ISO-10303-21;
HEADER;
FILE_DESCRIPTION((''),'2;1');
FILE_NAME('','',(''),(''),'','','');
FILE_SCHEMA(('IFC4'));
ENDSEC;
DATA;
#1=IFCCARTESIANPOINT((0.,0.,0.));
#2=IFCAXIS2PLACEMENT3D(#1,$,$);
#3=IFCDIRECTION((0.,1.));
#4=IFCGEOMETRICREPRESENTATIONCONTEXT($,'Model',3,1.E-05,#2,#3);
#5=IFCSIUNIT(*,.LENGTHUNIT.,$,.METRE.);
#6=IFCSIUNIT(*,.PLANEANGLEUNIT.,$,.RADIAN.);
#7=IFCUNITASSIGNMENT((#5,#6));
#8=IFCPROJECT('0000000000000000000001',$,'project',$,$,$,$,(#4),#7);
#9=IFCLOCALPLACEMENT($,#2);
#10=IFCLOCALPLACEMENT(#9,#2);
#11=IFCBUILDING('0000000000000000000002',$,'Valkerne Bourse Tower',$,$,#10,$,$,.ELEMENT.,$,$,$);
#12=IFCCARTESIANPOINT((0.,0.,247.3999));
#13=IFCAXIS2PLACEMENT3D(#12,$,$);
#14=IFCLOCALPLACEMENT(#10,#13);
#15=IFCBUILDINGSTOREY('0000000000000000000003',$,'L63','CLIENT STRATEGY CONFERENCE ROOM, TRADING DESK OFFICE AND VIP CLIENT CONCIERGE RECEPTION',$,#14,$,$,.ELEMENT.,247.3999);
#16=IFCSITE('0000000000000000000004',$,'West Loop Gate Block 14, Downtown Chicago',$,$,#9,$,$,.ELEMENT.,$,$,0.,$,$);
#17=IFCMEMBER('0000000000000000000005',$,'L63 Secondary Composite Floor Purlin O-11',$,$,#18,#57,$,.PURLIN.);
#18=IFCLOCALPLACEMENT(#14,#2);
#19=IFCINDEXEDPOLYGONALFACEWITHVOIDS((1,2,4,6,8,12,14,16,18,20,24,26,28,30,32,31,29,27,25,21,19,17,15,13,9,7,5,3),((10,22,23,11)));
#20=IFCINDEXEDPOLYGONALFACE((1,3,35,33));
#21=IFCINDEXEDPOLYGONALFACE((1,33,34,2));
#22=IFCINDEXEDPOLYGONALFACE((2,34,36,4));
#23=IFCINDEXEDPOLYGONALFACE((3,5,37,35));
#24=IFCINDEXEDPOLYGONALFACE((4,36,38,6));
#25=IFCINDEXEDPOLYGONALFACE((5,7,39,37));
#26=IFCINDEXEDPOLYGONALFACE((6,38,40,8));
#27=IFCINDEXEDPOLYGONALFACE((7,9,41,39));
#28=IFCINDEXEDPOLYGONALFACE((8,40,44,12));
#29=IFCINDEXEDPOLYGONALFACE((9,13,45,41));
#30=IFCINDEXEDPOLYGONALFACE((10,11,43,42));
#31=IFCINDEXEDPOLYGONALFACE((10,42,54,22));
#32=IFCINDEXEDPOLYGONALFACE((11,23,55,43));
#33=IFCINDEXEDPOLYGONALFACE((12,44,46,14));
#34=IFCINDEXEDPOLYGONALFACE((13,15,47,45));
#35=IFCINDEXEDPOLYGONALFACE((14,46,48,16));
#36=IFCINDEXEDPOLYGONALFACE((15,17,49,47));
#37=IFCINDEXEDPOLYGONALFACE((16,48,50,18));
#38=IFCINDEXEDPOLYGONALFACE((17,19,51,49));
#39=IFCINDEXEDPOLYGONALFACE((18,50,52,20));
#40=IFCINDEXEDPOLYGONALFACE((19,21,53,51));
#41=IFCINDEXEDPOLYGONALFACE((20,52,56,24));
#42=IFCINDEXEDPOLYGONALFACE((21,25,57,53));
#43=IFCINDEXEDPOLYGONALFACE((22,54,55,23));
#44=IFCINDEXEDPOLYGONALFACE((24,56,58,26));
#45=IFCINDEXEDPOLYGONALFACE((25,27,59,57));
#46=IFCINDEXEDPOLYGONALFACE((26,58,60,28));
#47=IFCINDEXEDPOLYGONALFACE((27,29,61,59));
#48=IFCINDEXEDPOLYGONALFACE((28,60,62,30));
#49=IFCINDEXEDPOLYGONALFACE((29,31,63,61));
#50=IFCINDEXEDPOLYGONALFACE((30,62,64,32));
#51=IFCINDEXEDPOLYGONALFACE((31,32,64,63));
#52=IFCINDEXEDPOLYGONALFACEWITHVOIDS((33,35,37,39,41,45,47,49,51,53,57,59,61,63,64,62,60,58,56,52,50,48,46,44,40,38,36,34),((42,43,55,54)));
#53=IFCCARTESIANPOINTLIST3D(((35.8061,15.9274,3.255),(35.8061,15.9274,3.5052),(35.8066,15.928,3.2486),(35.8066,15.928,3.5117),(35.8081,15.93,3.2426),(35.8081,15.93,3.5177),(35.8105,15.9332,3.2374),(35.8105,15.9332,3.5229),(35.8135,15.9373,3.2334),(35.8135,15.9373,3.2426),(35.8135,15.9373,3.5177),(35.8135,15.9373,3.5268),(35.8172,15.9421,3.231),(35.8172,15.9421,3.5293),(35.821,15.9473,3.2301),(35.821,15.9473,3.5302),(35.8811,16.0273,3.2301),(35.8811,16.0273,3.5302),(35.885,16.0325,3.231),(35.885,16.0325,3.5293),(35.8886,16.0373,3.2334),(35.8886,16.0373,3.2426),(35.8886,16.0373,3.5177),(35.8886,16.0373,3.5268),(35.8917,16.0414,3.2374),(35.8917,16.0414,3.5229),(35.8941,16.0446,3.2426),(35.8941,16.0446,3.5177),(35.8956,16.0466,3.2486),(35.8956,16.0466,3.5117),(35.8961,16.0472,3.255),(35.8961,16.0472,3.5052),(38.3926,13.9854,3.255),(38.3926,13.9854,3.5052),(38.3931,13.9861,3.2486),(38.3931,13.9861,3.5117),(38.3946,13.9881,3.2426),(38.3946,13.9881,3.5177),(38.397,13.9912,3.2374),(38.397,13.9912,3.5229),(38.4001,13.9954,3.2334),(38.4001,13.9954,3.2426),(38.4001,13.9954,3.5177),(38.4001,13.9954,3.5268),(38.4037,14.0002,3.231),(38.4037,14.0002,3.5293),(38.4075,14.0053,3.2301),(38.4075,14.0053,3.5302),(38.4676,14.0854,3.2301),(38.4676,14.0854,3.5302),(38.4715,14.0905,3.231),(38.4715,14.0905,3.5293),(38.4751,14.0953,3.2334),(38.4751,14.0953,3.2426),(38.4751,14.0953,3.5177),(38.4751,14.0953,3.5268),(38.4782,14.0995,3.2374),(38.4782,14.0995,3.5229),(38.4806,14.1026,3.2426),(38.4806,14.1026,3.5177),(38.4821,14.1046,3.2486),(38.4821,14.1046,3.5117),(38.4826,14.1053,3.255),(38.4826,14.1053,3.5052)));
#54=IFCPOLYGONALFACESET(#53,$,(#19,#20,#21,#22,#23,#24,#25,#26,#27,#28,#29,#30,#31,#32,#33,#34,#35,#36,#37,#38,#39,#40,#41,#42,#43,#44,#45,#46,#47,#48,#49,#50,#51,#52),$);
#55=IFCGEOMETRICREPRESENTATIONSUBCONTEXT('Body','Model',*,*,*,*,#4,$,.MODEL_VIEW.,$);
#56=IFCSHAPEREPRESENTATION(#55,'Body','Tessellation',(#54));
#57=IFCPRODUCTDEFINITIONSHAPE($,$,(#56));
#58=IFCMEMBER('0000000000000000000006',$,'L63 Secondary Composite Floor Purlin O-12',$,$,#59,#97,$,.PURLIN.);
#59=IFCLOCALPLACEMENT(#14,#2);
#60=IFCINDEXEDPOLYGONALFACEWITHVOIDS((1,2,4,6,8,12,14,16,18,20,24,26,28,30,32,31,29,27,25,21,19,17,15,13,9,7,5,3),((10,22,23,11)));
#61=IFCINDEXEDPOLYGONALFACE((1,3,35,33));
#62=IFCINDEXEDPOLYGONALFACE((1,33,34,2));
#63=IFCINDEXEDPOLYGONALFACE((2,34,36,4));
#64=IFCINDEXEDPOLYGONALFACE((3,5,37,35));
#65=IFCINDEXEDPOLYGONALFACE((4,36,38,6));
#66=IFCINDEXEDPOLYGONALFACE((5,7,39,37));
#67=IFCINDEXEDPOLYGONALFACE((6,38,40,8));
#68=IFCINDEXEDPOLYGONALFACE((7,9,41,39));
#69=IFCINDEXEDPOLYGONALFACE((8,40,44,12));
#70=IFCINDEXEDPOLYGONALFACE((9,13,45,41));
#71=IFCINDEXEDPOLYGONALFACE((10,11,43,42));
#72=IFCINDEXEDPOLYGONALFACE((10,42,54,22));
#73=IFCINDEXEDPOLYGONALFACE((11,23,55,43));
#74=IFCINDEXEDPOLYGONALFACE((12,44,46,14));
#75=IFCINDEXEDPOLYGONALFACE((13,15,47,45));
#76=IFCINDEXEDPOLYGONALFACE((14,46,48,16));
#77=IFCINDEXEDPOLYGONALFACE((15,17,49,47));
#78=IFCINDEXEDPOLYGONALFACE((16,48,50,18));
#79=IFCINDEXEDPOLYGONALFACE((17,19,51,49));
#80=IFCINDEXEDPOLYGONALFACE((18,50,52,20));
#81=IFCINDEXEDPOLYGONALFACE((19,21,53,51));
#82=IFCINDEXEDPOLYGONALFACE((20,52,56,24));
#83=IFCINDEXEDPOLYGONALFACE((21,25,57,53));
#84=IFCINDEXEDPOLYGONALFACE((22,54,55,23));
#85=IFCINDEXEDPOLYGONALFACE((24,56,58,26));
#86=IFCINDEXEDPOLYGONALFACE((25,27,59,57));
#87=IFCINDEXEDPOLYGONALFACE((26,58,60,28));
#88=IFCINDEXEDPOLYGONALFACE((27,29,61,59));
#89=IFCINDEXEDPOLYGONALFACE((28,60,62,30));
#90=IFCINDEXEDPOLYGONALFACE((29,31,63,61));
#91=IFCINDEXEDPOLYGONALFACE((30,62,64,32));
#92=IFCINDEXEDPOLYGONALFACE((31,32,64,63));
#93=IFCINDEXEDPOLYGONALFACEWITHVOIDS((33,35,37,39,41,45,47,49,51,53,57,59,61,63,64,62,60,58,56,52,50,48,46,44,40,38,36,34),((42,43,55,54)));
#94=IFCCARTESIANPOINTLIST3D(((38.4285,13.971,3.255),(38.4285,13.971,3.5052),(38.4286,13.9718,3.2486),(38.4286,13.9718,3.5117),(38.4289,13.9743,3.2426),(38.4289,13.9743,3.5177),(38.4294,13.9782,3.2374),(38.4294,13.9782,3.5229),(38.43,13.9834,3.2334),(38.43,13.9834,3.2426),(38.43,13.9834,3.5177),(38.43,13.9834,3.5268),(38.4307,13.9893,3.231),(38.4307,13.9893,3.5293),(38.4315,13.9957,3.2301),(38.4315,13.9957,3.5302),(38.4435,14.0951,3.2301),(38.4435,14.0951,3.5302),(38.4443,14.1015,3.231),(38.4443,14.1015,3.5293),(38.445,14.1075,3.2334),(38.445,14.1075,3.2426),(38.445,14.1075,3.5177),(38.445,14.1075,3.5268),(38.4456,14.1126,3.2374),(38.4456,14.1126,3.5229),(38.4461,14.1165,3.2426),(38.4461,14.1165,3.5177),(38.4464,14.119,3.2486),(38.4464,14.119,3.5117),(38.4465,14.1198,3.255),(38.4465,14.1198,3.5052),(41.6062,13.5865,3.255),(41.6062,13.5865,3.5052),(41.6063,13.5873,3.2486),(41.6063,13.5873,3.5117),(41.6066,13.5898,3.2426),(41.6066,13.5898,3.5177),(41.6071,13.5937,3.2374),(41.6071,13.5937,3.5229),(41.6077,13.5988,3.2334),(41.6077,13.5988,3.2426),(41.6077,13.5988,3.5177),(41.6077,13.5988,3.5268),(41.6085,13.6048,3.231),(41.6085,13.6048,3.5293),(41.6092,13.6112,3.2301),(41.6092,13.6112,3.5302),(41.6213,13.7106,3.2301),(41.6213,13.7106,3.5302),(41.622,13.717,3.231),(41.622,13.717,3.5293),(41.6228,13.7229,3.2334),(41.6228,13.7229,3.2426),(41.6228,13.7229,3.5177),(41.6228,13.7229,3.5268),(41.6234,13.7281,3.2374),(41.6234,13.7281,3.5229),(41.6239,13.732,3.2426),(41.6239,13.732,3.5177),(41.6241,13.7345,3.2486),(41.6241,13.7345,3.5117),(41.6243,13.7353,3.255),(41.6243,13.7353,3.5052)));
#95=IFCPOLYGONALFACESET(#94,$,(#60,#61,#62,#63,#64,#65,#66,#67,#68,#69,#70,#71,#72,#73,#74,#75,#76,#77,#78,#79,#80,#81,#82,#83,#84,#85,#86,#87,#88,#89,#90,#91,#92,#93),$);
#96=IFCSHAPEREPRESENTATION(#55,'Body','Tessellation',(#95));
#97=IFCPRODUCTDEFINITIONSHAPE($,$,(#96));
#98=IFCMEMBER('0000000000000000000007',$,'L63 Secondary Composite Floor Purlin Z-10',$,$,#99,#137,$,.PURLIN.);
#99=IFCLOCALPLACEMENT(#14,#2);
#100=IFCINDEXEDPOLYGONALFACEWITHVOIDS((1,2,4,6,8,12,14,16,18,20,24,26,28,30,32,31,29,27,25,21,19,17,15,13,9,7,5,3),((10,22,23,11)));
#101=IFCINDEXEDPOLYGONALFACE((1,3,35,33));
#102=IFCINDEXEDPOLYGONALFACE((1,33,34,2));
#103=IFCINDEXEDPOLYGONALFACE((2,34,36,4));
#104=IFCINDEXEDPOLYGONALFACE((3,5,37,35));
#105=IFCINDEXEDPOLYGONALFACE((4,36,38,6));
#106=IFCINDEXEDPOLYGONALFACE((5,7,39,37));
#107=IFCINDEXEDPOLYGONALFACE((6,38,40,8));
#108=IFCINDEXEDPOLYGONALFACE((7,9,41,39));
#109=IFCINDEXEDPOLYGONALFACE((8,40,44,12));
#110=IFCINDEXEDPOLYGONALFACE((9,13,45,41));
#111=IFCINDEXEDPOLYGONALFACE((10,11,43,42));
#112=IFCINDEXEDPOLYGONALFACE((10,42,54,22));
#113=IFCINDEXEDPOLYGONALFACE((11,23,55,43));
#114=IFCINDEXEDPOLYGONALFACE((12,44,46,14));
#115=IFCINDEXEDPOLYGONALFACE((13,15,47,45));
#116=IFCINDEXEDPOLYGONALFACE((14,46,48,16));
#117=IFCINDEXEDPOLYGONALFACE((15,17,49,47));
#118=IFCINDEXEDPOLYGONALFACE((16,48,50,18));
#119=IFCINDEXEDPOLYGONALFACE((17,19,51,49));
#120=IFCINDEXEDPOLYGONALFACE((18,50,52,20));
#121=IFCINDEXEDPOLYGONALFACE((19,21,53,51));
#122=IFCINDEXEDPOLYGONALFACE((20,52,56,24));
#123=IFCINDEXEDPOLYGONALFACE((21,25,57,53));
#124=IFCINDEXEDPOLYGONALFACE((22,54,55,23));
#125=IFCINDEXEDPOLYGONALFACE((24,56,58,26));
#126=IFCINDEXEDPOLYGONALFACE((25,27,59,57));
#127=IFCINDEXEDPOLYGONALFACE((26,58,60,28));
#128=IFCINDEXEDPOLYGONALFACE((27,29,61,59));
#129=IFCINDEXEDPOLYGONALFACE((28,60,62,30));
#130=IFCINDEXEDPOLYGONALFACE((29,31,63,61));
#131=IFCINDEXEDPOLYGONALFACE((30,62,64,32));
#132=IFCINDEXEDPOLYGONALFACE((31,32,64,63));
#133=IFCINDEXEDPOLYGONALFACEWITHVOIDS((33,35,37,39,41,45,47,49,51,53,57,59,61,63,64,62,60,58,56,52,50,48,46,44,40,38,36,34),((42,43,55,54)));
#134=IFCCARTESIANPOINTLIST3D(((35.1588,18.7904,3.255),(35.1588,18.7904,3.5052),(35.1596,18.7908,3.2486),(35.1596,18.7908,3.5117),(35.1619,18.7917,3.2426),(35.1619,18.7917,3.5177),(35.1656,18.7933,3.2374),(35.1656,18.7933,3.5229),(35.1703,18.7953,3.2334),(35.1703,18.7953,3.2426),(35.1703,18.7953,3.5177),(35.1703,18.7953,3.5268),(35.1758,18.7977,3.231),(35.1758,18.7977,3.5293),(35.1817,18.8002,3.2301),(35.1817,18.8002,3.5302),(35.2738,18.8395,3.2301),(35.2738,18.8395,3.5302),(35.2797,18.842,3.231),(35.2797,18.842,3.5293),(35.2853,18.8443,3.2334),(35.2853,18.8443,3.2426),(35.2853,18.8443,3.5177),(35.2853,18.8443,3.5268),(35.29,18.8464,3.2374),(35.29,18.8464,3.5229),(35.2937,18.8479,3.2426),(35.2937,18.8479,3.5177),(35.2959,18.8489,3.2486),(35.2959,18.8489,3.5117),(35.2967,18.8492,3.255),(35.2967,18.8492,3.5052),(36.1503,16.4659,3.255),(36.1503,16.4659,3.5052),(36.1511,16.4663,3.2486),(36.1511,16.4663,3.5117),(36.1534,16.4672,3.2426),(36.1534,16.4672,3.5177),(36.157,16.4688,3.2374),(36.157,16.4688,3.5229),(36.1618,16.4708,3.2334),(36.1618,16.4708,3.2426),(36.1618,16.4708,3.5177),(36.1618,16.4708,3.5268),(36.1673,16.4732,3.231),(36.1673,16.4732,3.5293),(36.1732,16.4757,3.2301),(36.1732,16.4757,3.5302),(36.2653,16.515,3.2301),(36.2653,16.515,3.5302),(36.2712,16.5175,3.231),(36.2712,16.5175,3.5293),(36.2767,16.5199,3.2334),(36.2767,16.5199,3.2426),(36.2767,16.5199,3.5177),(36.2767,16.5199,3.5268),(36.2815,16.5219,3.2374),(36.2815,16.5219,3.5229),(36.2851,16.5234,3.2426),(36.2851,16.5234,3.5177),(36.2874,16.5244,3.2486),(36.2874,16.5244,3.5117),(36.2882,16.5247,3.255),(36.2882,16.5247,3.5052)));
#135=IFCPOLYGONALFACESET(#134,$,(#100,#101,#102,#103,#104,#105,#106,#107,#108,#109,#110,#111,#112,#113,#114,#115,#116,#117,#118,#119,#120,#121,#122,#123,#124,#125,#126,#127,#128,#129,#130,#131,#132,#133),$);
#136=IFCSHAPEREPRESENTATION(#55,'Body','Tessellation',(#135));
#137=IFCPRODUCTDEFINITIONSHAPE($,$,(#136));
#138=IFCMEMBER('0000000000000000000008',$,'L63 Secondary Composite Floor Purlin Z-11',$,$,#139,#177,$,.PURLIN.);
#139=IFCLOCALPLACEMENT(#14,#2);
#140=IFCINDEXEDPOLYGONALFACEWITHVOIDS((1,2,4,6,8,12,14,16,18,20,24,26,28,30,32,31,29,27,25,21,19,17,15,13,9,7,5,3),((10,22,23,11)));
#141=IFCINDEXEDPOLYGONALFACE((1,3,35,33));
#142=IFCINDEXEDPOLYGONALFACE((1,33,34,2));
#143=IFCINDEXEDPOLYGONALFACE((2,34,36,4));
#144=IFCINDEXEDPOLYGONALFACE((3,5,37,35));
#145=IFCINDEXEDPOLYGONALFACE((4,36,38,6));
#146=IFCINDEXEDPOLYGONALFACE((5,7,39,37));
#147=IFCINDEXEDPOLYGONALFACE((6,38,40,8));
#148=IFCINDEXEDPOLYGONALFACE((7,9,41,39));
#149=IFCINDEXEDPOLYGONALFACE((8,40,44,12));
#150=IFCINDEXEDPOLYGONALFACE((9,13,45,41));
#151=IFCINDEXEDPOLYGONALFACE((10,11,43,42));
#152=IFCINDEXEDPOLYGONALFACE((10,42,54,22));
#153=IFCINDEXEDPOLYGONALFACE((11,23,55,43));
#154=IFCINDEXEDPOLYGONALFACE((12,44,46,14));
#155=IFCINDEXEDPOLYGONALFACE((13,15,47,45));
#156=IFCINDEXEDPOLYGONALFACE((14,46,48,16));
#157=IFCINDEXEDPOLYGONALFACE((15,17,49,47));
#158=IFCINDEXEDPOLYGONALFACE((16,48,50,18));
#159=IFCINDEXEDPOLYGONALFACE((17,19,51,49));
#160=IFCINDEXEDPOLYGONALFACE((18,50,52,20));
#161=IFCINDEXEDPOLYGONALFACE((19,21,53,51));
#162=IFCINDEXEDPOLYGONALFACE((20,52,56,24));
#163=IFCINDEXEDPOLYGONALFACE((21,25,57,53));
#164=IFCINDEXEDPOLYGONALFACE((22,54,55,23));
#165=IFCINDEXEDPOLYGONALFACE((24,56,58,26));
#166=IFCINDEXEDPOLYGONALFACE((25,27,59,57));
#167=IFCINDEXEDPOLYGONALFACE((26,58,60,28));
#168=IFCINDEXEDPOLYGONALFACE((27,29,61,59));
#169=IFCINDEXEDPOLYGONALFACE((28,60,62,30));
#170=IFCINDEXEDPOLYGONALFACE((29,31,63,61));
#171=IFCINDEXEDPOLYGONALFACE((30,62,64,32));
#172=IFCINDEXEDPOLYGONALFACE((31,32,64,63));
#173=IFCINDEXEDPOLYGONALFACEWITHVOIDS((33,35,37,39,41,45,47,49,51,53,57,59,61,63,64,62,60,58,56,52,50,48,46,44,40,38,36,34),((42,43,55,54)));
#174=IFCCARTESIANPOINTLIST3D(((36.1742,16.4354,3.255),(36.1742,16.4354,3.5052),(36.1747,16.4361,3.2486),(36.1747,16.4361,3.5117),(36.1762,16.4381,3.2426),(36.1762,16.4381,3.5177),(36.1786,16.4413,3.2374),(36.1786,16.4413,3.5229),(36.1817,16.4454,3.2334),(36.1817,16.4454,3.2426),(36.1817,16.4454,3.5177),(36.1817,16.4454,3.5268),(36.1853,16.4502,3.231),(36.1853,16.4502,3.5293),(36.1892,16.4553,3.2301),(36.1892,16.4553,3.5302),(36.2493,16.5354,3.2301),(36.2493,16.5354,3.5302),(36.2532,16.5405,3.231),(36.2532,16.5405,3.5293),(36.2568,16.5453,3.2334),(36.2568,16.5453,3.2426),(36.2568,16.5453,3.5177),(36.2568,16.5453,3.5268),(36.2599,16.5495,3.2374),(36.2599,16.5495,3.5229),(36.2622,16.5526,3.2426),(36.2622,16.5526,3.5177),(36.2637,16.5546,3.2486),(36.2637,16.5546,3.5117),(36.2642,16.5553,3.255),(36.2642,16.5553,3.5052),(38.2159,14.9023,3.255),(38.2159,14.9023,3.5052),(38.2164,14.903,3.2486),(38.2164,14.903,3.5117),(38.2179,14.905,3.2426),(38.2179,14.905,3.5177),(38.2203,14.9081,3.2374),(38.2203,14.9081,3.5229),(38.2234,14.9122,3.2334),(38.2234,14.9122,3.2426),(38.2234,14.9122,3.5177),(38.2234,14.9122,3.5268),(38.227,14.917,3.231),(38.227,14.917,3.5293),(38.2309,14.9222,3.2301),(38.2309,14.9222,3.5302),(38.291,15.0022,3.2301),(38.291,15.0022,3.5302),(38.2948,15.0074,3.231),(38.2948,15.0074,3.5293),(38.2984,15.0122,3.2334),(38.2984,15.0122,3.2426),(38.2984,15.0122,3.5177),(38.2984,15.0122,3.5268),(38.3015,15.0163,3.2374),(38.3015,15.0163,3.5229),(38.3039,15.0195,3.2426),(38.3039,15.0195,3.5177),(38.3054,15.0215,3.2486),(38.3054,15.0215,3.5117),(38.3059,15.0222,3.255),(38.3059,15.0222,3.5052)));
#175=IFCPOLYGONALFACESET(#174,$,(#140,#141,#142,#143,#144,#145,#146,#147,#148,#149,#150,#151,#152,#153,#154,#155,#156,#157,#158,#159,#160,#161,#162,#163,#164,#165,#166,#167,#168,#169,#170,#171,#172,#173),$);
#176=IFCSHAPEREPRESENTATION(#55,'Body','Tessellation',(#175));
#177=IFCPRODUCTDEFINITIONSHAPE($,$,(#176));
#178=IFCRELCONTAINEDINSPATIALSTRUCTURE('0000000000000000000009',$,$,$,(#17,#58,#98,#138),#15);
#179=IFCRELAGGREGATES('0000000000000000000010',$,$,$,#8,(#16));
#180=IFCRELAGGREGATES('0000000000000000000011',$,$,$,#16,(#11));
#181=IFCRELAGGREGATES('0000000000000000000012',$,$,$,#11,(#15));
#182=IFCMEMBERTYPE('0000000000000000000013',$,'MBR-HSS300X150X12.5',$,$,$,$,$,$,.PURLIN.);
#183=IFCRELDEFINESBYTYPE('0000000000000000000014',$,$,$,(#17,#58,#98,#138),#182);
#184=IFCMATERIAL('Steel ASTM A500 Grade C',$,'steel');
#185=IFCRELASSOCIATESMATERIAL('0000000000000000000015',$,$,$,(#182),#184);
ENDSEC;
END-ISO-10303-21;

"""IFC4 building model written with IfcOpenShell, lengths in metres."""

from ifc_helpers import new_model, si_unit, direction, frame, origin, origin_2d, place, context, subcontext, project, spatial, hollow_rectangle, extrude, material, material_profile, profile_set, type_object, element, save


model = new_model("IFC4")

# Units and contexts
model_context = context("Model", 3, precision=1e-05, world=origin(), true_north=direction((0.0, 1.0)))
body_context = subcontext(model_context, "Body", "Model", "MODEL_VIEW")
ifc_project = project(units=[si_unit("LENGTHUNIT", "METRE"), si_unit("PLANEANGLEUNIT", "RADIAN")], contexts=[model_context])

# Site, building, storey
site_placement = place(None, origin())
site = spatial("IfcSite", under=ifc_project, at=site_placement, Name="West Loop Gate Block 14, Downtown Chicago", CompositionType="ELEMENT", RefElevation=0.0)
building_placement = place(site_placement, origin())
building = spatial("IfcBuilding", under=site, at=building_placement, Name="Valkerne Bourse Tower", CompositionType="ELEMENT")
storey_placement = place(building_placement, frame((0.0, 0.0, 247.3999)))
storey = spatial("IfcBuildingStorey", under=building, at=storey_placement, Name="L63", Description="CLIENT STRATEGY CONFERENCE ROOM, TRADING DESK OFFICE AND VIP CLIENT CONCIERGE RECEPTION", CompositionType="ELEMENT", Elevation=247.3999)

# Members
ifc_material_1 = material(Name="Steel ASTM A500 Grade C", Category="steel")
ifc_material_profile_1 = material_profile(ifc_material_1, hollow_rectangle(XDim=0.1499, YDim=0.3, WallThickness=0.0125, OuterFilletRadius=0.0249, at=origin_2d()), Name="HSS300X150X12.5")
ifc_profile_set_1 = profile_set([ifc_material_profile_1], Name="Steel ASTM A500 Grade C")
member_type = type_object("IfcMemberType", Name="MBR-HSS300X150X12.5", PredefinedType="PURLIN", material=ifc_profile_set_1)
member_1_placement = place(storey_placement, frame((35.8511, 15.9873, 3.3801), z_axis=(0.799692, -0.600411, 0.0), x_axis=(0.600411, 0.799692, 0.0)))
element("IfcMember", 1, at=member_1_placement, inside=storey, type_object=member_type, Name="L63 Secondary Composite Floor Purlin O-11", PredefinedType="PURLIN", context=body_context, shape_type="SweptSolid", body=[
    extrude(hollow_rectangle(XDim=0.1499, YDim=0.3, WallThickness=0.0125, OuterFilletRadius=0.0249, at=origin_2d()), origin(), (0.0, 0.0, 1.0), 3.2344),
])
member_2_placement = place(storey_placement, frame((38.4375, 14.0454, 3.3801), z_axis=(0.992758, -0.120129, 0.0), x_axis=(0.120129, 0.992758, 0.0)))
element("IfcMember", 2, at=member_2_placement, inside=storey, type_object=member_type, Name="L63 Secondary Composite Floor Purlin O-12", PredefinedType="PURLIN", context=body_context, shape_type="SweptSolid", body=[
    extrude(hollow_rectangle(XDim=0.1499, YDim=0.3, WallThickness=0.0125, OuterFilletRadius=0.0249, at=origin_2d()), origin(), (0.0, 0.0, 1.0), 3.2009),
])
member_3_placement = place(storey_placement, frame((35.2278, 18.8198, 3.3801), z_axis=(0.392333, -0.919823, 0.0), x_axis=(0.919823, 0.392333, 0.0)))
element("IfcMember", 3, at=member_3_placement, inside=storey, type_object=member_type, Name="L63 Secondary Composite Floor Purlin Z-10", PredefinedType="PURLIN", context=body_context, shape_type="SweptSolid", body=[
    extrude(hollow_rectangle(XDim=0.1499, YDim=0.3, WallThickness=0.0125, OuterFilletRadius=0.0249, at=origin_2d()), origin(), (0.0, 0.0, 1.0), 2.5271),
])
member_4_placement = place(storey_placement, frame((36.2192, 16.4954, 3.3801), z_axis=(0.799644, -0.600474, 0.0), x_axis=(0.600474, 0.799644, 0.0)))
element("IfcMember", 4, at=member_4_placement, inside=storey, type_object=member_type, Name="L63 Secondary Composite Floor Purlin Z-11", PredefinedType="PURLIN", context=body_context, shape_type="SweptSolid", body=[
    extrude(hollow_rectangle(XDim=0.1499, YDim=0.3, WallThickness=0.0125, OuterFilletRadius=0.0249, at=origin_2d()), origin(), (0.0, 0.0, 1.0), 2.5532),
])

save(model, "model.ifc")
